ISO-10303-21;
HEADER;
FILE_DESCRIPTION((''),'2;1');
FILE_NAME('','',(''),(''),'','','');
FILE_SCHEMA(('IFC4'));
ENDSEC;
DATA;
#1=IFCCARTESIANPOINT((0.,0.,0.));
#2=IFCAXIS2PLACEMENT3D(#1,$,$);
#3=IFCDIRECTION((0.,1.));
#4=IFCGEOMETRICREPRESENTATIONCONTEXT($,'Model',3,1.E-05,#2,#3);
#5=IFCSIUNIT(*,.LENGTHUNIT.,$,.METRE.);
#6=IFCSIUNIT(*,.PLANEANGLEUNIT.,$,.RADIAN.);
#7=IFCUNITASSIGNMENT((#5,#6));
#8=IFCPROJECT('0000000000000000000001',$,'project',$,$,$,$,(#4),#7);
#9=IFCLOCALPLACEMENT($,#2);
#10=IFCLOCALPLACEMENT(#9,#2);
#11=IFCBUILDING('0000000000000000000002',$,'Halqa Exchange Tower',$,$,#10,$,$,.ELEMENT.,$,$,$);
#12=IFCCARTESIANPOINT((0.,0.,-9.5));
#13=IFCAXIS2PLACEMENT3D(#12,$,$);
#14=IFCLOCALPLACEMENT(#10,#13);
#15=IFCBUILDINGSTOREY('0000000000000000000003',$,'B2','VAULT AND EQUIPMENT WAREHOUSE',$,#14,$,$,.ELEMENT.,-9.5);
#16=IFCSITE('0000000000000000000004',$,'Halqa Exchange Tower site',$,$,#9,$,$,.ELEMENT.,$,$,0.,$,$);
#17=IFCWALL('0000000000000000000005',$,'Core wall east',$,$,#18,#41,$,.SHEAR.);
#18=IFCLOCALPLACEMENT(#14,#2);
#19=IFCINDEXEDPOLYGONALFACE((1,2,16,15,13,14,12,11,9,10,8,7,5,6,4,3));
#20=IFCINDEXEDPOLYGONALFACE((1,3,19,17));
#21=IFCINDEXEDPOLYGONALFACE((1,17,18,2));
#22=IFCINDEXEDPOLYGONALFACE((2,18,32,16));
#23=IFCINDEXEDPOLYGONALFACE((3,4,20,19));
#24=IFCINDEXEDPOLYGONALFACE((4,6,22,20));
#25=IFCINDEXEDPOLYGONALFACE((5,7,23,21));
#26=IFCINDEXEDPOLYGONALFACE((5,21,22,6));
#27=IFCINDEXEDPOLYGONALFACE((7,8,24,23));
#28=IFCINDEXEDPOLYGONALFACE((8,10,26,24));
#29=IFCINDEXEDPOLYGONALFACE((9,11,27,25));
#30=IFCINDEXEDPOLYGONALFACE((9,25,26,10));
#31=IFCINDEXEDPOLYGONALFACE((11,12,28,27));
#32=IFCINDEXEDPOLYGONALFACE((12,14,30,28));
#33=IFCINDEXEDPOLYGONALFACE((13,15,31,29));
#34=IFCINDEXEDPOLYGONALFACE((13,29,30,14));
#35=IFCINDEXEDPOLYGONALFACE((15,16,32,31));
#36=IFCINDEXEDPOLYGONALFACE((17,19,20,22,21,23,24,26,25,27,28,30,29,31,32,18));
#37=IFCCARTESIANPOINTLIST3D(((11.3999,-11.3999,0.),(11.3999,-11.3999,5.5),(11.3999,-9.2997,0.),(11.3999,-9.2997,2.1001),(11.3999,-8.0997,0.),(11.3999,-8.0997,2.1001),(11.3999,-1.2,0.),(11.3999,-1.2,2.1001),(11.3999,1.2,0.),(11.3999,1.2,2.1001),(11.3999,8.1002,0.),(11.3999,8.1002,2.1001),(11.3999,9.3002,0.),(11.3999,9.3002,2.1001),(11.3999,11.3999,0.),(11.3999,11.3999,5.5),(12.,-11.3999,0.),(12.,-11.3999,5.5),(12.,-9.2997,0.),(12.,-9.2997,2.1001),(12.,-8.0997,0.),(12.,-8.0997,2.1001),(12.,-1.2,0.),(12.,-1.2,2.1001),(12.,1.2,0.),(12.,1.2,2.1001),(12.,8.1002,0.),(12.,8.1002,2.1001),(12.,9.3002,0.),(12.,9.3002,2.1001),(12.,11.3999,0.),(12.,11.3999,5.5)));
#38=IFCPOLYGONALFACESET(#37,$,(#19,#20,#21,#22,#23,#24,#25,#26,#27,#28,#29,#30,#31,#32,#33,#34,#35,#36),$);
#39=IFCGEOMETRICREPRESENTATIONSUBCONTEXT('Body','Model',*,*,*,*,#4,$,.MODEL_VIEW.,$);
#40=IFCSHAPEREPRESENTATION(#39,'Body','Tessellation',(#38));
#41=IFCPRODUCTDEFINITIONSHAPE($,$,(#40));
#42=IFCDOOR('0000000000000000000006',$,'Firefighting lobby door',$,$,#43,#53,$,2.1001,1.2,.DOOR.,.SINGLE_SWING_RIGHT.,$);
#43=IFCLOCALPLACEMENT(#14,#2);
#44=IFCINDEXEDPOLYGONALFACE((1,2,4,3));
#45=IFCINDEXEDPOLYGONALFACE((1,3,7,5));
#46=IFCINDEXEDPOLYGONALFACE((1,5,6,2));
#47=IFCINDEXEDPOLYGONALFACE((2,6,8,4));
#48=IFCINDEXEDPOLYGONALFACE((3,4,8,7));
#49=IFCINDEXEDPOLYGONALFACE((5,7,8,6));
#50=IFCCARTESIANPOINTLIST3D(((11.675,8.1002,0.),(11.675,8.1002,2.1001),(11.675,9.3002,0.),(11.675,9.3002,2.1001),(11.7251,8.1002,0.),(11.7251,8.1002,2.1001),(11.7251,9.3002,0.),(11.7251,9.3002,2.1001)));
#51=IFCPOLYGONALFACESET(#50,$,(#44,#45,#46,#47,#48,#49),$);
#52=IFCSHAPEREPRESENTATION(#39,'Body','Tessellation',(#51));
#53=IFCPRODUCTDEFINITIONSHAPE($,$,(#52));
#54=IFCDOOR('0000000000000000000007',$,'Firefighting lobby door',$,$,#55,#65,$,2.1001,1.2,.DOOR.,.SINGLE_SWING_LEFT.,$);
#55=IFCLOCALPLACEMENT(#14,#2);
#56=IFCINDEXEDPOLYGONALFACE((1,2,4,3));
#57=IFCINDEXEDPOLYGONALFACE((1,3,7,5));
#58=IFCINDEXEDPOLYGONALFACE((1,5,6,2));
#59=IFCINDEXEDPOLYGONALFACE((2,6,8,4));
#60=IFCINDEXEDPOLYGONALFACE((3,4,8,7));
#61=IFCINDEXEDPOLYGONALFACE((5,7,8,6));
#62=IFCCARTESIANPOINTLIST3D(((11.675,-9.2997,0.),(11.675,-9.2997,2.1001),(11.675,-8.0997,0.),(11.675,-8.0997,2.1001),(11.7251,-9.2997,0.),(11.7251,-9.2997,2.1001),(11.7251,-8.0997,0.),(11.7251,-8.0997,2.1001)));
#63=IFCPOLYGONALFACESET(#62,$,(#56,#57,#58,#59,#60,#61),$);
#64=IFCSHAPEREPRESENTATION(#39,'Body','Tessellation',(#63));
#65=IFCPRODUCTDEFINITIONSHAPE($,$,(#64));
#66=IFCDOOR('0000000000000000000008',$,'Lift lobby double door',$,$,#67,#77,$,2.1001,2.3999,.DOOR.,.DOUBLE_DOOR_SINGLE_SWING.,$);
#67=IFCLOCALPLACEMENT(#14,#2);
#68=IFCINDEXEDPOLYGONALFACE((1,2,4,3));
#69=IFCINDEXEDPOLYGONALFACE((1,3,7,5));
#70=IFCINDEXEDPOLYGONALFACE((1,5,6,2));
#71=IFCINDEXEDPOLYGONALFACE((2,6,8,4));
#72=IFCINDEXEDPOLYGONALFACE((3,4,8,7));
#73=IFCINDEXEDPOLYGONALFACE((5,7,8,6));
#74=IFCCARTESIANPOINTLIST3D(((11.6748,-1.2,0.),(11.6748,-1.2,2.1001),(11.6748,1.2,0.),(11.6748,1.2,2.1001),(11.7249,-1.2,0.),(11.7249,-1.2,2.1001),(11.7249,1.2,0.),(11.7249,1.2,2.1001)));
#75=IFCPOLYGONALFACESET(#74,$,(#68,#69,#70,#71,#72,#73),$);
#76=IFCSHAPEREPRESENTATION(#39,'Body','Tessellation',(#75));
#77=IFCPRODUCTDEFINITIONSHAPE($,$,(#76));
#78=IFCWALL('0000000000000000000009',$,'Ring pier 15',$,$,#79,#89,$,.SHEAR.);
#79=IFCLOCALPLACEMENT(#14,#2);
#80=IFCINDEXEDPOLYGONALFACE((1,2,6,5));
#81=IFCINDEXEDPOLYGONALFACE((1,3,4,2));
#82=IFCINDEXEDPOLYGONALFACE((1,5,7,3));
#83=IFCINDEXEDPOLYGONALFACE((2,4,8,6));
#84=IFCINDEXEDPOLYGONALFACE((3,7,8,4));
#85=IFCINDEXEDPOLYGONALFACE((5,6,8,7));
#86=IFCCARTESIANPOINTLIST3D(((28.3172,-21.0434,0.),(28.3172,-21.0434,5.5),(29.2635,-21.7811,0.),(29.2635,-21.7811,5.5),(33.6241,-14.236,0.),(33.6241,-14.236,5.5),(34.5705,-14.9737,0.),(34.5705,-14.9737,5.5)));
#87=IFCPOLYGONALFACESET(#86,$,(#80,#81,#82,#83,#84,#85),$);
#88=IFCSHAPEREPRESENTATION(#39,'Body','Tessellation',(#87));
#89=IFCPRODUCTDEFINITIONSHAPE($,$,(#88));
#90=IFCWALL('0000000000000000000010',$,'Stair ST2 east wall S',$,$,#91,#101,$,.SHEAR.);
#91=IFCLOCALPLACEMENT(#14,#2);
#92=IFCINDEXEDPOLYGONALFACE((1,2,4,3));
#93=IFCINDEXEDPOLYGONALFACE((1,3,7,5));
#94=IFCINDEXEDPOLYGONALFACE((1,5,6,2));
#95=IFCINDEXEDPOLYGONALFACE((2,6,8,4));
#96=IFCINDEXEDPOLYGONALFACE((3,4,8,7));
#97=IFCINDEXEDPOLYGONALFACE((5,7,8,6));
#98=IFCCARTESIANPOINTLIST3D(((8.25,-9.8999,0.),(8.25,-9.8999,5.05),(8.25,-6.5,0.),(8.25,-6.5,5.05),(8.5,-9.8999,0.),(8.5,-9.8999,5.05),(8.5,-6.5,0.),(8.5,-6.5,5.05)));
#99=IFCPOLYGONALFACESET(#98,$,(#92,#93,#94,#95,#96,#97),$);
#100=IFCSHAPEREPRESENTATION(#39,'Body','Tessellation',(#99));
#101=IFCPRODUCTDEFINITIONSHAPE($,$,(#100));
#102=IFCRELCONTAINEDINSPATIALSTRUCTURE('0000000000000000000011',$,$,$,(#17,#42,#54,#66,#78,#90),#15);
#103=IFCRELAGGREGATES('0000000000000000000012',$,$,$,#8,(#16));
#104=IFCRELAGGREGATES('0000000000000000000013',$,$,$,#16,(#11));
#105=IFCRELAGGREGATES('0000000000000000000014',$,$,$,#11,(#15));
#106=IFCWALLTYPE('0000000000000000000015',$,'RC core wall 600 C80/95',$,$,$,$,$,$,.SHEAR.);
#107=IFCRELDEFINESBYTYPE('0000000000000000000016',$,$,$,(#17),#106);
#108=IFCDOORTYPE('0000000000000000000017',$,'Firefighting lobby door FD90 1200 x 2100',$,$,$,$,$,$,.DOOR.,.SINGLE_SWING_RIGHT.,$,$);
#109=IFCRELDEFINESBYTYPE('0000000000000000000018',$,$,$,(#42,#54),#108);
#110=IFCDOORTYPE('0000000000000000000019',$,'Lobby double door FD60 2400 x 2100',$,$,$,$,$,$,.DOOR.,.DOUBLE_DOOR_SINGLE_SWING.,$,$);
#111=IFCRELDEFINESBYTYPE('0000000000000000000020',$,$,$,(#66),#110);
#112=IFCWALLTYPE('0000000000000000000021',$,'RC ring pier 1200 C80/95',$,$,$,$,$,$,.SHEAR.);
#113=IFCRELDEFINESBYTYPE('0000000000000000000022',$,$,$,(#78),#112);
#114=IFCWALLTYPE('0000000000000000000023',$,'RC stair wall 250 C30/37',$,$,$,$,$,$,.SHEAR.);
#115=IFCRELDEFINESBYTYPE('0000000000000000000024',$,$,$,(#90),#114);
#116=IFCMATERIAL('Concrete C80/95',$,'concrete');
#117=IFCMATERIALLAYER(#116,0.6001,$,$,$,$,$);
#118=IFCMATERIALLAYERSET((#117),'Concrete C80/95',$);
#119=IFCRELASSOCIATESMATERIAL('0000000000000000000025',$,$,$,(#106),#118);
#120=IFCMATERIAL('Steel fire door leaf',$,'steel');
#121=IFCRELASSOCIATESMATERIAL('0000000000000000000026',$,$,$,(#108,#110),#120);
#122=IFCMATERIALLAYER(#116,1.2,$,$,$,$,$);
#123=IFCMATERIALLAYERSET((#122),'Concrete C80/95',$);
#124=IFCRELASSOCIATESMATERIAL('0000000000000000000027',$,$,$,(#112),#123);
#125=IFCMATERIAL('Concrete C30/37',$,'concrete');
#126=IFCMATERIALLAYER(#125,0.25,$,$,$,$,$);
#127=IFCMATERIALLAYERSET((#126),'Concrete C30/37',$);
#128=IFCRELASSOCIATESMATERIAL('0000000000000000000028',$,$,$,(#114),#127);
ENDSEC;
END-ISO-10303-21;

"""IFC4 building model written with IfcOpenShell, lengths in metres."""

from ifc_helpers import new_model, si_unit, direction, frame, frame_2d, origin, place, context, subcontext, project, spatial, rectangle, extrude, material, layer, layer_set, type_object, element, fill, save


model = new_model("IFC4")

# Units and contexts
model_context = context("Model", 3, precision=1e-05, world=origin(), true_north=direction((0.0, 1.0)))
body_context = subcontext(model_context, "Body", "Model", "MODEL_VIEW")
ifc_project = project(units=[si_unit("LENGTHUNIT", "METRE"), si_unit("PLANEANGLEUNIT", "RADIAN")], contexts=[model_context])

# Site, building, storey
site_placement = place(None, origin())
site = spatial("IfcSite", under=ifc_project, at=site_placement, Name="Halqa Exchange Tower site", CompositionType="ELEMENT", RefElevation=0.0)
building_placement = place(site_placement, origin())
building = spatial("IfcBuilding", under=site, at=building_placement, Name="Halqa Exchange Tower", CompositionType="ELEMENT")
storey_placement = place(building_placement, frame((0.0, 0.0, -9.5)))
storey = spatial("IfcBuildingStorey", under=building, at=storey_placement, Name="B2", Description="VAULT AND EQUIPMENT WAREHOUSE", CompositionType="ELEMENT", Elevation=-9.5)

# Shared definitions
ifc_material_1 = material(Name="Steel fire door leaf", Category="steel")

# Wall, openings, doors
ifc_material_2 = material(Name="Concrete C80/95", Category="concrete")
ifc_layer_1 = layer(ifc_material_2, 0.6001)
ifc_layer_set_1 = layer_set([ifc_layer_1], Name="Concrete C80/95")
wall_type_1 = type_object("IfcWallType", Name="RC core wall 600 C80/95", PredefinedType="SHEAR", material=ifc_layer_set_1)
wall_1_placement = place(storey_placement, frame((11.7, -11.3999, 0.0), z_axis=(0.0, 0.0, 1.0), x_axis=(0.0, 1.0, 0.0)))
wall_1 = element("IfcWall", 1, at=wall_1_placement, inside=storey, type_object=wall_type_1, Name="Core wall east", PredefinedType="SHEAR", context=body_context, shape_type="SweptSolid", body=[
    extrude(rectangle(XDim=22.7998, YDim=0.6001, at=frame_2d((11.3999, 0.0))), origin(), (0.0, 0.0, 1.0), 5.5),
])
opening_1_placement = place(wall_1_placement, frame((10.2, 0.0, 0.0)))
opening_1 = element("IfcOpeningElement", 2, at=opening_1_placement, cuts=wall_1, PredefinedType="OPENING", context=body_context, shape_type="SweptSolid", body=[
    extrude(rectangle(XDim=2.3999, YDim=2.1001, at=frame_2d((1.2, 1.05))), frame((0.0, 0.312, 0.0), z_axis=(0.0, -1.0, 0.0), x_axis=(1.0, 0.0, 0.0)), (0.0, 0.0, 1.0), 0.624),
])
opening_2_placement = place(wall_1_placement, frame((19.5, 0.0, 0.0)))
opening_2 = element("IfcOpeningElement", 3, at=opening_2_placement, cuts=wall_1, PredefinedType="OPENING", context=body_context, shape_type="SweptSolid", body=[
    extrude(rectangle(XDim=1.2, YDim=2.1001, at=frame_2d((0.6001, 1.05))), frame((0.0, 0.312, 0.0), z_axis=(0.0, -1.0, 0.0), x_axis=(1.0, 0.0, 0.0)), (0.0, 0.0, 1.0), 0.624),
])
opening_3_placement = place(wall_1_placement, frame((2.1001, 0.0, 0.0)))
opening_3 = element("IfcOpeningElement", 4, at=opening_3_placement, cuts=wall_1, PredefinedType="OPENING", context=body_context, shape_type="SweptSolid", body=[
    extrude(rectangle(XDim=1.2, YDim=2.1001, at=frame_2d((0.6001, 1.05))), frame((0.0, 0.312, 0.0), z_axis=(0.0, -1.0, 0.0), x_axis=(1.0, 0.0, 0.0)), (0.0, 0.0, 1.0), 0.624),
])
door_type_1 = type_object("IfcDoorType", Name="Firefighting lobby door FD90 1200 x 2100", OperationType="SINGLE_SWING_RIGHT", PredefinedType="DOOR", material=ifc_material_1)
door_1_placement = place(opening_2_placement, origin())
door_1 = element("IfcDoor", 5, at=door_1_placement, inside=storey, type_object=door_type_1, Name="Firefighting lobby door", OperationType="SINGLE_SWING_RIGHT", OverallHeight=2.1001, OverallWidth=1.2, PredefinedType="DOOR", context=body_context, shape_type="SweptSolid", body=[
    extrude(rectangle(XDim=1.2, YDim=2.1001, at=frame_2d((0.6001, 1.05))), frame((0.0, 0.0249, 0.0), z_axis=(0.0, -1.0, 0.0), x_axis=(1.0, 0.0, 0.0)), (0.0, 0.0, 1.0), 0.05),
])
fill(opening_2, door_1)
door_2_placement = place(opening_3_placement, origin())
door_2 = element("IfcDoor", 6, at=door_2_placement, inside=storey, type_object=door_type_1, Name="Firefighting lobby door", OperationType="SINGLE_SWING_LEFT", OverallHeight=2.1001, OverallWidth=1.2, PredefinedType="DOOR", context=body_context, shape_type="SweptSolid", body=[
    extrude(rectangle(XDim=1.2, YDim=2.1001, at=frame_2d((0.6001, 1.05))), frame((0.0, 0.0249, 0.0), z_axis=(0.0, -1.0, 0.0), x_axis=(1.0, 0.0, 0.0)), (0.0, 0.0, 1.0), 0.05),
])
fill(opening_3, door_2)
door_type_2 = type_object("IfcDoorType", Name="Lobby double door FD60 2400 x 2100", OperationType="DOUBLE_DOOR_SINGLE_SWING", PredefinedType="DOOR", material=ifc_material_1)
door_3_placement = place(opening_1_placement, frame((2.3999, 0.0, 0.0), z_axis=(0.0, 0.0, 1.0), x_axis=(-1.0, 0.0, 0.0)))
door_3 = element("IfcDoor", 7, at=door_3_placement, inside=storey, type_object=door_type_2, Name="Lift lobby double door", OperationType="DOUBLE_DOOR_SINGLE_SWING", OverallHeight=2.1001, OverallWidth=2.3999, PredefinedType="DOOR", context=body_context, shape_type="SweptSolid", body=[
    extrude(rectangle(XDim=2.3999, YDim=2.1001, at=frame_2d((1.2, 1.05))), frame((0.0, 0.0249, 0.0), z_axis=(0.0, -1.0, 0.0), x_axis=(1.0, 0.0, 0.0)), (0.0, 0.0, 1.0), 0.05),
])
fill(opening_1, door_3)

# Walls
ifc_layer_2 = layer(ifc_material_2, 1.2)
ifc_layer_set_2 = layer_set([ifc_layer_2], Name="Concrete C80/95")
wall_type_2 = type_object("IfcWallType", Name="RC ring pier 1200 C80/95", PredefinedType="SHEAR", material=ifc_layer_set_2)
wall_2_placement = place(storey_placement, frame((28.7903, -21.4124, 0.0), z_axis=(0.0, 0.0, 1.0), x_axis=(0.614825, 0.788663, 0.0)))
element("IfcWall", 8, at=wall_2_placement, inside=storey, type_object=wall_type_2, Name="Ring pier 15", PredefinedType="SHEAR", context=body_context, shape_type="SweptSolid", body=[
    extrude(rectangle(XDim=8.6316, YDim=1.2, at=frame_2d((4.3159, 0.0))), origin(), (0.0, 0.0, 1.0), 5.5),
])
ifc_material_3 = material(Name="Concrete C30/37", Category="concrete")
ifc_layer_3 = layer(ifc_material_3, 0.25)
ifc_layer_set_3 = layer_set([ifc_layer_3], Name="Concrete C30/37")
wall_type_3 = type_object("IfcWallType", Name="RC stair wall 250 C30/37", PredefinedType="SHEAR", material=ifc_layer_set_3)
wall_3_placement = place(storey_placement, frame((8.375, -9.8999, 0.0), z_axis=(0.0, 0.0, 1.0), x_axis=(0.0, 1.0, 0.0)))
element("IfcWall", 9, at=wall_3_placement, inside=storey, type_object=wall_type_3, Name="Stair ST2 east wall S", PredefinedType="SHEAR", context=body_context, shape_type="SweptSolid", body=[
    extrude(rectangle(XDim=3.3999, YDim=0.25, at=frame_2d((1.7, 0.0))), origin(), (0.0, 0.0, 1.0), 5.05),
])

save(model, "model.ifc")
